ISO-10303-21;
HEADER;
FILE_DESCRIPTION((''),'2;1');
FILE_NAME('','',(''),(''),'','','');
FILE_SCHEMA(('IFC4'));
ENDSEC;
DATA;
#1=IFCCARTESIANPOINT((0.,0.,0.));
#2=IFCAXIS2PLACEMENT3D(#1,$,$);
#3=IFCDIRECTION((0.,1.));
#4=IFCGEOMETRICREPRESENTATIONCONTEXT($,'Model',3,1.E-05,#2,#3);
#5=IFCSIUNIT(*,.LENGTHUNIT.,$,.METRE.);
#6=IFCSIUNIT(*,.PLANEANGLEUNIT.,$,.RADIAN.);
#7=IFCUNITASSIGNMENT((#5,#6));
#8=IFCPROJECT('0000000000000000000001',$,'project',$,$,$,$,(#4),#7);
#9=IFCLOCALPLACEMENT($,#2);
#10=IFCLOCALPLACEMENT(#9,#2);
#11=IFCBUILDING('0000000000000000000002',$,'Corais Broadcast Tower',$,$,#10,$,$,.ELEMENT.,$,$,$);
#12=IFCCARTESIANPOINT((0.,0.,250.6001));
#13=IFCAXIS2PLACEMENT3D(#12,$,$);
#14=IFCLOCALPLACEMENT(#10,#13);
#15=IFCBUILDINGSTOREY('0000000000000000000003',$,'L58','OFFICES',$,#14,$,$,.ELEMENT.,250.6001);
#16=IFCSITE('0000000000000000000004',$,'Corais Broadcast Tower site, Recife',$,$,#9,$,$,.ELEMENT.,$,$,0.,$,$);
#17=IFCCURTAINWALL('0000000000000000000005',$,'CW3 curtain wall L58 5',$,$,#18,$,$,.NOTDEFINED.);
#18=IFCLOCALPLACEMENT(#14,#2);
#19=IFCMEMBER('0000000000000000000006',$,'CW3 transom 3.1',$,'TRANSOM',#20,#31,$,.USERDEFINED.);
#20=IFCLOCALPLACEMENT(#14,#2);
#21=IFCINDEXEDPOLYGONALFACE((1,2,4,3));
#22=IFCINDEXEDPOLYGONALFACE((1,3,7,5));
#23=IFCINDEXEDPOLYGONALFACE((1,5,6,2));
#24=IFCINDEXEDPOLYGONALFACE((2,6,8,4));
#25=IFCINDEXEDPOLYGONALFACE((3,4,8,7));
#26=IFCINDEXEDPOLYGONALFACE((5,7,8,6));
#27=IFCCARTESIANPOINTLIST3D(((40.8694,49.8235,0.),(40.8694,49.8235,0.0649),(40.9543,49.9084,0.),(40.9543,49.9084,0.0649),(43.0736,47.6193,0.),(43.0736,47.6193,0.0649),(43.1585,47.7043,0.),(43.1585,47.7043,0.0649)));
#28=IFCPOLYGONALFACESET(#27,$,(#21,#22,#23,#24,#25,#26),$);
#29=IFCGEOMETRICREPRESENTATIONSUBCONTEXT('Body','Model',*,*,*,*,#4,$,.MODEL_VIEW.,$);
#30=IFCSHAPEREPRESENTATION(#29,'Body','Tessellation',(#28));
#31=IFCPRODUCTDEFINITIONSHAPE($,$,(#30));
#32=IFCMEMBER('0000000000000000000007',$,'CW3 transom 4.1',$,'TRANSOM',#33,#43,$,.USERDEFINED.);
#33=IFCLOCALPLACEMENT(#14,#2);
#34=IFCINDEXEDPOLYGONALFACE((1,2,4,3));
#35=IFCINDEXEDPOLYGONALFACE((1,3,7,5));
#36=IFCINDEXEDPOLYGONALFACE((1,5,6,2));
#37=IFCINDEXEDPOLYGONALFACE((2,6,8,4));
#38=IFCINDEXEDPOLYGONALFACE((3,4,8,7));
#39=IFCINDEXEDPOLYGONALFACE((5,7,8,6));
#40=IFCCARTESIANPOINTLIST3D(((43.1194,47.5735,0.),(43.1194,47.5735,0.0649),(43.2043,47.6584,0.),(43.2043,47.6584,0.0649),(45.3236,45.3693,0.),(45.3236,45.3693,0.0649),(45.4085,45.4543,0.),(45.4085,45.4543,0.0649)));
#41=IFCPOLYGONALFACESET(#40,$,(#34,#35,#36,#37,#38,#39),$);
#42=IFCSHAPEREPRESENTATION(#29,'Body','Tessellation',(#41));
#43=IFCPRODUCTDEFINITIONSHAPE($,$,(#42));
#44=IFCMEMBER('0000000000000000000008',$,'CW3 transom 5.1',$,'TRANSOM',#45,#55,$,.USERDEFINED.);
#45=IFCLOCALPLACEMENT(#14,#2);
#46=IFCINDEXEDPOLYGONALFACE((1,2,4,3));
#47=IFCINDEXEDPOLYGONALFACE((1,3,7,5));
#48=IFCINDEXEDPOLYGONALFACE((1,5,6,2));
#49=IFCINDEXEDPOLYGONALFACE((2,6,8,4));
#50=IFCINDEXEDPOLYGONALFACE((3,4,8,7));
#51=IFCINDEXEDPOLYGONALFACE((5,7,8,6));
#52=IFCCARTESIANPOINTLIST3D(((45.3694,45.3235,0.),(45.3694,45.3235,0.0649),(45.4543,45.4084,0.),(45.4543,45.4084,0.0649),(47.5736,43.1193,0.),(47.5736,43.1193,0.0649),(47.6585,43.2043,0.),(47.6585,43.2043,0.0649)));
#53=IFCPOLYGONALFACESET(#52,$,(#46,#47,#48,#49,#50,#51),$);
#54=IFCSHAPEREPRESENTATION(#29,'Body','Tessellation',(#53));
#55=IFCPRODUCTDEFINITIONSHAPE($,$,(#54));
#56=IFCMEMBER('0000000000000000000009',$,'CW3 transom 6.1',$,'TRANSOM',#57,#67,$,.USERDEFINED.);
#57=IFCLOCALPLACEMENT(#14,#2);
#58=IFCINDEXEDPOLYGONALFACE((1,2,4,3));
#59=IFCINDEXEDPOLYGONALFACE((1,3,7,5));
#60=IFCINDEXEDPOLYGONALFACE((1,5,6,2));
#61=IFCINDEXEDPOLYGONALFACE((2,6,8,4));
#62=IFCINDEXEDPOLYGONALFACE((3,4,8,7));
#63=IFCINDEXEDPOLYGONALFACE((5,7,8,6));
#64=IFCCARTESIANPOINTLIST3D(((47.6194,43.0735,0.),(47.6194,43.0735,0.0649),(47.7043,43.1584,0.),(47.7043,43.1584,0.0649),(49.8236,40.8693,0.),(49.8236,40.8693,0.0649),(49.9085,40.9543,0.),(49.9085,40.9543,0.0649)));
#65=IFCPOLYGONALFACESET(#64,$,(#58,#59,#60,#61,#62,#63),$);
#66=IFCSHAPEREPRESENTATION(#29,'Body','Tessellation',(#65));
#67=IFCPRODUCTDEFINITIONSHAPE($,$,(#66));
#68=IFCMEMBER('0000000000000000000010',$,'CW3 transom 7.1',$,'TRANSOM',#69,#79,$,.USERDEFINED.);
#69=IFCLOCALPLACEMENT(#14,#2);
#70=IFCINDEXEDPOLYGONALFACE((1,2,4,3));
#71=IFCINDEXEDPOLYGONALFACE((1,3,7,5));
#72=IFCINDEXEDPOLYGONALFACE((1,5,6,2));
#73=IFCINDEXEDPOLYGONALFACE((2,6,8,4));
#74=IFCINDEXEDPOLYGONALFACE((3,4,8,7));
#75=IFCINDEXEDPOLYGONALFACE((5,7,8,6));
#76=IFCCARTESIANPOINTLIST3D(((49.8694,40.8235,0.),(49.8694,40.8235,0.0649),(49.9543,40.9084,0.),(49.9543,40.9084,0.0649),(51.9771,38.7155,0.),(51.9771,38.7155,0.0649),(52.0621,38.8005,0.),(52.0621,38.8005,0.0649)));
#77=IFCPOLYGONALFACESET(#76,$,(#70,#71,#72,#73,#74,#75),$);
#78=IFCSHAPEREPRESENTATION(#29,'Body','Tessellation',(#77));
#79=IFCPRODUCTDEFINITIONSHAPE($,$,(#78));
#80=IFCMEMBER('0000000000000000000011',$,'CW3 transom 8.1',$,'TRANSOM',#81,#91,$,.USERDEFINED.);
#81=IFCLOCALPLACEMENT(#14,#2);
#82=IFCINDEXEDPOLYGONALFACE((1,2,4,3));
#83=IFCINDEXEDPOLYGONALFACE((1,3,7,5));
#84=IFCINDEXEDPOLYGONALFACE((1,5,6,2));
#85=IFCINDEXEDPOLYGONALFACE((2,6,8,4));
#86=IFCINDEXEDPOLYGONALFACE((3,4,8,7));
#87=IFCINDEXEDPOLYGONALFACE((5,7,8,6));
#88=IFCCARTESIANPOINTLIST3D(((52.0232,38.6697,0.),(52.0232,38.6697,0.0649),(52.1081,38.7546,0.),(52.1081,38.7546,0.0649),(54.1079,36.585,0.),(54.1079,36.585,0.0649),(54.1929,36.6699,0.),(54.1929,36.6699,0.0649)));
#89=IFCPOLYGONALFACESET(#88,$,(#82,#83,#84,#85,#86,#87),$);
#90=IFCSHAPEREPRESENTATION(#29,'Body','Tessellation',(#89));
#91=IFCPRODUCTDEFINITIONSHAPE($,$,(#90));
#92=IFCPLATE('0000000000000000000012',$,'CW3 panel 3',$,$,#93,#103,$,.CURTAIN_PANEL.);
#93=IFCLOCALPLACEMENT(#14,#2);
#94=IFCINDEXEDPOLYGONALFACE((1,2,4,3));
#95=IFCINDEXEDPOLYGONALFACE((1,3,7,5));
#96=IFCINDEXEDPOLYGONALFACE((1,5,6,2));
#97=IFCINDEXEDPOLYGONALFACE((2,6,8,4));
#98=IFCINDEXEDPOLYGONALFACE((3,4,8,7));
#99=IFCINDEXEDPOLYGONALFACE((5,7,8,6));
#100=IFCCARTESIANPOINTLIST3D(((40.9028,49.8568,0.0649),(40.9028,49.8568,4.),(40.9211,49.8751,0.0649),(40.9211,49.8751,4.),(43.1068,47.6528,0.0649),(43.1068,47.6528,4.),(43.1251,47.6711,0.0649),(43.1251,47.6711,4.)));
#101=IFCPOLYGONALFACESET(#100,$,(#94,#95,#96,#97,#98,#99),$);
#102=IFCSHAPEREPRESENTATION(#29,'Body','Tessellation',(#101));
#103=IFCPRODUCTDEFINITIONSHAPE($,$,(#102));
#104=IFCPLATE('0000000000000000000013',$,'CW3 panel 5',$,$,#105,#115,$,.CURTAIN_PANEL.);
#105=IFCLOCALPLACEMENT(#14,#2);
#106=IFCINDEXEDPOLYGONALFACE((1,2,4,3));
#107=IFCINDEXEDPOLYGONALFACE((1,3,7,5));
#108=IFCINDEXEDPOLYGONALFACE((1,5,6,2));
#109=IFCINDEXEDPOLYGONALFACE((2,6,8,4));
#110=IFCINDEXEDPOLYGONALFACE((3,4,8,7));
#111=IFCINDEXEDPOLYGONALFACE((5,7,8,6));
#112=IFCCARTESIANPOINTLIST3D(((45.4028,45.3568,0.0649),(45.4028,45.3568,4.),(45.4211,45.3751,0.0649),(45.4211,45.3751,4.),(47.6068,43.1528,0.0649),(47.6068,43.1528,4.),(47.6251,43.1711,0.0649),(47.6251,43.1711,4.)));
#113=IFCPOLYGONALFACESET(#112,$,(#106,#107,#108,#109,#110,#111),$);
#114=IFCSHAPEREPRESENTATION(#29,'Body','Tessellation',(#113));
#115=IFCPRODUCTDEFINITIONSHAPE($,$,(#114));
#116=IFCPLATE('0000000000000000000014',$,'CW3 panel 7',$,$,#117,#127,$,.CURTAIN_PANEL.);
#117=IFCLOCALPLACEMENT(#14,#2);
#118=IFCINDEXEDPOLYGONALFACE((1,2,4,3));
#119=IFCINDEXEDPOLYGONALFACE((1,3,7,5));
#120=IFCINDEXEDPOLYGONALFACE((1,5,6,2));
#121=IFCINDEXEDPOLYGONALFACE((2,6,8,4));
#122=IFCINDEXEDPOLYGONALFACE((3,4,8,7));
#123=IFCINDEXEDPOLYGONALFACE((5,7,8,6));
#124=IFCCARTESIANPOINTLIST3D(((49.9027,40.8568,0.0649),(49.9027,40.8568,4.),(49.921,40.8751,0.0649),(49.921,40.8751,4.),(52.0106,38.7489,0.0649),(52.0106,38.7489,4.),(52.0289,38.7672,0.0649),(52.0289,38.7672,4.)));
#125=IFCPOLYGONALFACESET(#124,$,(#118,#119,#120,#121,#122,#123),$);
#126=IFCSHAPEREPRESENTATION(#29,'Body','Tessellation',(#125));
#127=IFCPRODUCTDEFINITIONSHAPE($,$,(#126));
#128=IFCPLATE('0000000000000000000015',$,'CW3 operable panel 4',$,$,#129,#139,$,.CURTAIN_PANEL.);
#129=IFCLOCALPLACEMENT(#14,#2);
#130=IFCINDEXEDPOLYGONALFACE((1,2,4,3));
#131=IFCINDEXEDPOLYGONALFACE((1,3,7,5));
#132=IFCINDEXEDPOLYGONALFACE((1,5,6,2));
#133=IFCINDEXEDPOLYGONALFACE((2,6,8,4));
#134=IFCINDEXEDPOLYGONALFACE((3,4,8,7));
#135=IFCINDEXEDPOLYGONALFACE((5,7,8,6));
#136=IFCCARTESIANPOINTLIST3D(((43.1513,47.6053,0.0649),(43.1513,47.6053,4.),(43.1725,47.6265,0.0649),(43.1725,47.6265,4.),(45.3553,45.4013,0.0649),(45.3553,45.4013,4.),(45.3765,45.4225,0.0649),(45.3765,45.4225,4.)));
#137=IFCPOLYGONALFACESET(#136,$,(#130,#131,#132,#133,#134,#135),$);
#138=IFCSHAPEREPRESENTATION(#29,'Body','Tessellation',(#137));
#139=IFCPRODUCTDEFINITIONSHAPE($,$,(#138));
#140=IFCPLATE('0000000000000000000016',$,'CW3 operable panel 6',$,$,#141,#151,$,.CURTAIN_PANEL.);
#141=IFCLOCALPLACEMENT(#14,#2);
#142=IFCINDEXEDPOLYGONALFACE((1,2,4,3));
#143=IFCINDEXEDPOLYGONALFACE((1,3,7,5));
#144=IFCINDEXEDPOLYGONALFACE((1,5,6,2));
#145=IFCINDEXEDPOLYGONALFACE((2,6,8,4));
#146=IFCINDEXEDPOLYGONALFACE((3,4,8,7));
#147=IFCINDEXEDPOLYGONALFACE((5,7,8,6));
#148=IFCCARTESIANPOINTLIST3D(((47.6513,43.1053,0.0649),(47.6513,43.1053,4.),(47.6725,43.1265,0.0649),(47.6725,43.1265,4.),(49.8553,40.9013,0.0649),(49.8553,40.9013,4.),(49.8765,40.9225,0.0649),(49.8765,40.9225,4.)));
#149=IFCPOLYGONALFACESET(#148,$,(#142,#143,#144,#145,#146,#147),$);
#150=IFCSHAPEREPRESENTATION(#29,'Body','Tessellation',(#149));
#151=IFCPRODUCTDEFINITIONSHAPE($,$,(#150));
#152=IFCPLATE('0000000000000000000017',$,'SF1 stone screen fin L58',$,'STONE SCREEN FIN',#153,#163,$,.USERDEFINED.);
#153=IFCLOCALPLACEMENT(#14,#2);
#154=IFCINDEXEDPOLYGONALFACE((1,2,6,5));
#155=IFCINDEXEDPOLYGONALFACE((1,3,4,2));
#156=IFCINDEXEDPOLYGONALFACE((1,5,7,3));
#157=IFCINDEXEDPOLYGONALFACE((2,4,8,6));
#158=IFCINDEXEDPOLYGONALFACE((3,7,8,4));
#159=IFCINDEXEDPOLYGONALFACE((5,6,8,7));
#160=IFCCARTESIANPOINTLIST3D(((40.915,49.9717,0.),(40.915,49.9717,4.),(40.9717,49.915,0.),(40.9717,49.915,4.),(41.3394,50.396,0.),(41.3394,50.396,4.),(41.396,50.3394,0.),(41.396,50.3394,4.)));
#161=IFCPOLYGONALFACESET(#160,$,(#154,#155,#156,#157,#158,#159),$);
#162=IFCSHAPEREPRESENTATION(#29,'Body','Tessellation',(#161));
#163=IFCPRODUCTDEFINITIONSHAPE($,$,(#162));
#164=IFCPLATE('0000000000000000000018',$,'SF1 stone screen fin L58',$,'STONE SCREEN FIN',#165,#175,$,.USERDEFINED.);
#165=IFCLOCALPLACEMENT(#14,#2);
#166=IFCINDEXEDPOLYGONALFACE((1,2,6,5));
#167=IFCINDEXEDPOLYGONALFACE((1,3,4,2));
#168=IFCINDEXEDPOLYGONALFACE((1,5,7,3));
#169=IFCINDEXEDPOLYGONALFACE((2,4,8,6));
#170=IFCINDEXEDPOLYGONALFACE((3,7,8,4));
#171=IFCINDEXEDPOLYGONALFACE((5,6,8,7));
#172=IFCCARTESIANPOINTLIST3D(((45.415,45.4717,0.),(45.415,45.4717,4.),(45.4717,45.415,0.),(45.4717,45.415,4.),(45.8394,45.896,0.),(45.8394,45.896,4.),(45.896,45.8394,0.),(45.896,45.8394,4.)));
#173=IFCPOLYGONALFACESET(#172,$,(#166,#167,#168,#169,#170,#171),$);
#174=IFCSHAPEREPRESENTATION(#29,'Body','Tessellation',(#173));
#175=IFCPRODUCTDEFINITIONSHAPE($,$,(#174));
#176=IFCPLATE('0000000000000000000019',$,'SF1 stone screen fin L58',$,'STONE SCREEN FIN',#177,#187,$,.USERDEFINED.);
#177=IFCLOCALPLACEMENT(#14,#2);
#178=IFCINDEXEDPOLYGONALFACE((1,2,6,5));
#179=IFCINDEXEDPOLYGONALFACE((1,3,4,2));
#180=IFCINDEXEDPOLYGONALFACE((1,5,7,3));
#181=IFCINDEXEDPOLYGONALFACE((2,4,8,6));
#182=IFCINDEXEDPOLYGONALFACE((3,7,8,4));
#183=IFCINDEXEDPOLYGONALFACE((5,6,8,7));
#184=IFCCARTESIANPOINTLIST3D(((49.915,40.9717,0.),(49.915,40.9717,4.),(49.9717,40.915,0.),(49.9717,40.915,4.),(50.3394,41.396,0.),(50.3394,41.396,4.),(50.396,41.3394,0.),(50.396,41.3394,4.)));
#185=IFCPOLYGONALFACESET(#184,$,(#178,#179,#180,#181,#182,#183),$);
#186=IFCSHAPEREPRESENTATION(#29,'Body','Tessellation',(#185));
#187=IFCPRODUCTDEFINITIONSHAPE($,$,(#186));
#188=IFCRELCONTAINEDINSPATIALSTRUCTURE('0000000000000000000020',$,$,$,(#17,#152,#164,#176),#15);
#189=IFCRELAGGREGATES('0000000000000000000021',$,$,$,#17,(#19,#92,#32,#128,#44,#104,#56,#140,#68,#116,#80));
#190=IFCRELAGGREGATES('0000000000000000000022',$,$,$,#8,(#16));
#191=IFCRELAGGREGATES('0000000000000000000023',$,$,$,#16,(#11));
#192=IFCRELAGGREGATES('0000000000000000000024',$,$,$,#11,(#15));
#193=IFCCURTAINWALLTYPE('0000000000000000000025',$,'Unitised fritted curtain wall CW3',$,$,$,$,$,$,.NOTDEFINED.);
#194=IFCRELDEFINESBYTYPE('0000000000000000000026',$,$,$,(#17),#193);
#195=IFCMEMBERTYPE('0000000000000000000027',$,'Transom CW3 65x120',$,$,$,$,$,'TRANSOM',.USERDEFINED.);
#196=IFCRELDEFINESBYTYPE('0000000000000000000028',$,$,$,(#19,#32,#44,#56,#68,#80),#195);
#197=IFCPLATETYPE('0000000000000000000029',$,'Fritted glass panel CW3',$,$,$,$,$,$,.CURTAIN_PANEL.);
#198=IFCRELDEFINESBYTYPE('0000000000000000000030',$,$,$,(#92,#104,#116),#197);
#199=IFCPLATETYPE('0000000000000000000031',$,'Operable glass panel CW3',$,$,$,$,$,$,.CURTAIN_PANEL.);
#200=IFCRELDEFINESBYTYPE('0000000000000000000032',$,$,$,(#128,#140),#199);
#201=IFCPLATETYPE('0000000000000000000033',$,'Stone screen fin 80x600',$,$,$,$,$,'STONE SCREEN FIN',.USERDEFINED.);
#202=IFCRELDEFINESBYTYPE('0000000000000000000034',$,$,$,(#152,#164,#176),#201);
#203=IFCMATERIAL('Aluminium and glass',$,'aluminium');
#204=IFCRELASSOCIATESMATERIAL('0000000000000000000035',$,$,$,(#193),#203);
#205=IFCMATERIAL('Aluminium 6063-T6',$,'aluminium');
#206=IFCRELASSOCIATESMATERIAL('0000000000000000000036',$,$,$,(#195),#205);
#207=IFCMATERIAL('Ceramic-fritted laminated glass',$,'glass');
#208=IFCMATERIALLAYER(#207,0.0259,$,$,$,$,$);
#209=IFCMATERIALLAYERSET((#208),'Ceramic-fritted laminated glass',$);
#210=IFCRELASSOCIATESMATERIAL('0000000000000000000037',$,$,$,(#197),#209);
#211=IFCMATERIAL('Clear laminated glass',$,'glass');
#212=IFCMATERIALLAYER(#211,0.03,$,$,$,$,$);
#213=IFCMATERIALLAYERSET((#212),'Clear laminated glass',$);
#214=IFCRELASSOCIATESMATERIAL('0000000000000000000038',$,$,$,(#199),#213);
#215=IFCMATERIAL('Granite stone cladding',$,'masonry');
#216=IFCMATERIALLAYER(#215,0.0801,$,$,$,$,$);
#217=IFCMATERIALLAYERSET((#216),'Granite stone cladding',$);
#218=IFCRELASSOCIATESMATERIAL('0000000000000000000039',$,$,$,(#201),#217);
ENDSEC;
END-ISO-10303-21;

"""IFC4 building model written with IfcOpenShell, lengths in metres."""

from ifc_helpers import new_model, si_unit, direction, frame, origin, origin_2d, place, context, subcontext, project, spatial, rectangle, extrude, material, layer, layer_set, material_profile, profile_set, type_object, element, aggregate, save


model = new_model("IFC4")

# Units and contexts
model_context = context("Model", 3, precision=1e-05, world=origin(), true_north=direction((0.0, 1.0)))
body_context = subcontext(model_context, "Body", "Model", "MODEL_VIEW")
ifc_project = project(units=[si_unit("LENGTHUNIT", "METRE"), si_unit("PLANEANGLEUNIT", "RADIAN")], contexts=[model_context])

# Site, building, storey
site_placement = place(None, origin())
site = spatial("IfcSite", under=ifc_project, at=site_placement, Name="Corais Broadcast Tower site, Recife", CompositionType="ELEMENT", RefElevation=0.0)
building_placement = place(site_placement, origin())
building = spatial("IfcBuilding", under=site, at=building_placement, Name="Corais Broadcast Tower", CompositionType="ELEMENT")
storey_placement = place(building_placement, frame((0.0, 0.0, 250.6001)))
storey = spatial("IfcBuildingStorey", under=building, at=storey_placement, Name="L58", Description="OFFICES", CompositionType="ELEMENT", Elevation=250.6001)

# Curtain wall
ifc_material_1 = material(Name="Aluminium and glass", Category="aluminium")
curtain_wall_type = type_object("IfcCurtainWallType", Name="Unitised fritted curtain wall CW3", PredefinedType="NOTDEFINED", material=ifc_material_1)
curtain_wall_placement = place(storey_placement, origin())
curtain_wall = element("IfcCurtainWall", 1, at=curtain_wall_placement, inside=storey, type_object=curtain_wall_type, Name="CW3 curtain wall L58 5", PredefinedType="NOTDEFINED")

# Members
ifc_material_2 = material(Name="Aluminium 6063-T6", Category="aluminium")
ifc_material_profile_1 = material_profile(ifc_material_2, rectangle(XDim=0.1201, YDim=0.0649, at=origin_2d()), Name="Transom CW3 65x120")
ifc_profile_set_1 = profile_set([ifc_material_profile_1], Name="Aluminium 6063-T6")
member_type_1 = type_object("IfcMemberType", Name="Transom CW3 65x120", ElementType="TRANSOM", PredefinedType="USERDEFINED", material=ifc_profile_set_1)
member_1_placement = place(storey_placement, frame((40.9119, 49.866, 0.0325), z_axis=(0.707107, -0.707107, 0.0), x_axis=(0.707107, 0.707107, 0.0)))
member_1 = element("IfcMember", 2, at=member_1_placement, type_object=member_type_1, Name="CW3 transom 3.1", ObjectType="TRANSOM", PredefinedType="USERDEFINED", context=body_context, shape_type="SweptSolid", body=[
    extrude(rectangle(XDim=0.1201, YDim=0.0649, at=origin_2d()), origin(), (0.0, 0.0, 1.0), 3.1172),
])
member_2_placement = place(storey_placement, frame((43.1619, 47.616, 0.0325), z_axis=(0.707107, -0.707107, 0.0), x_axis=(0.707107, 0.707107, 0.0)))
member_2 = element("IfcMember", 3, at=member_2_placement, type_object=member_type_1, Name="CW3 transom 4.1", ObjectType="TRANSOM", PredefinedType="USERDEFINED", context=body_context, shape_type="SweptSolid", body=[
    extrude(rectangle(XDim=0.1201, YDim=0.0649, at=origin_2d()), origin(), (0.0, 0.0, 1.0), 3.1172),
])
member_3_placement = place(storey_placement, frame((45.4119, 45.366, 0.0325), z_axis=(0.707107, -0.707107, 0.0), x_axis=(0.707107, 0.707107, 0.0)))
member_3 = element("IfcMember", 4, at=member_3_placement, type_object=member_type_1, Name="CW3 transom 5.1", ObjectType="TRANSOM", PredefinedType="USERDEFINED", context=body_context, shape_type="SweptSolid", body=[
    extrude(rectangle(XDim=0.1201, YDim=0.0649, at=origin_2d()), origin(), (0.0, 0.0, 1.0), 3.1172),
])
member_4_placement = place(storey_placement, frame((47.6619, 43.116, 0.0325), z_axis=(0.707107, -0.707107, 0.0), x_axis=(0.707107, 0.707107, 0.0)))
member_4 = element("IfcMember", 5, at=member_4_placement, type_object=member_type_1, Name="CW3 transom 6.1", ObjectType="TRANSOM", PredefinedType="USERDEFINED", context=body_context, shape_type="SweptSolid", body=[
    extrude(rectangle(XDim=0.1201, YDim=0.0649, at=origin_2d()), origin(), (0.0, 0.0, 1.0), 3.1172),
])
member_5_placement = place(storey_placement, frame((49.9119, 40.866, 0.0325), z_axis=(0.707066, -0.707148, 0.0), x_axis=(0.707148, 0.707066, 0.0)))
member_5 = element("IfcMember", 6, at=member_5_placement, type_object=member_type_1, Name="CW3 transom 7.1", ObjectType="TRANSOM", PredefinedType="USERDEFINED", context=body_context, shape_type="SweptSolid", body=[
    extrude(rectangle(XDim=0.1201, YDim=0.0649, at=origin_2d()), origin(), (0.0, 0.0, 1.0), 2.981),
])
member_6_placement = place(storey_placement, frame((52.0657, 38.7122, 0.0325), z_axis=(0.707107, -0.707107, 0.0), x_axis=(0.707107, 0.707107, 0.0)))
member_6 = element("IfcMember", 7, at=member_6_placement, type_object=member_type_1, Name="CW3 transom 8.1", ObjectType="TRANSOM", PredefinedType="USERDEFINED", context=body_context, shape_type="SweptSolid", body=[
    extrude(rectangle(XDim=0.1201, YDim=0.0649, at=origin_2d()), origin(), (0.0, 0.0, 1.0), 2.9482),
])

# Plates
ifc_material_3 = material(Name="Ceramic-fritted laminated glass", Category="glass")
ifc_layer_1 = layer(ifc_material_3, 0.0259)
ifc_layer_set_1 = layer_set([ifc_layer_1], Name="Ceramic-fritted laminated glass")
plate_type_1 = type_object("IfcPlateType", Name="Fritted glass panel CW3", PredefinedType="CURTAIN_PANEL", material=ifc_layer_set_1)
plate_1_placement = place(storey_placement, frame((42.0139, 48.7639, 0.0649), z_axis=(0.0, 0.0, 1.0), x_axis=(0.707107, -0.707107, 0.0)))
plate_1 = element("IfcPlate", 8, at=plate_1_placement, type_object=plate_type_1, Name="CW3 panel 3", PredefinedType="CURTAIN_PANEL", context=body_context, shape_type="SweptSolid", body=[
    extrude(rectangle(XDim=3.1169, YDim=0.0259, at=origin_2d()), origin(), (0.0, 0.0, 1.0), 3.9351),
])
plate_2_placement = place(storey_placement, frame((46.5139, 44.2639, 0.0649), z_axis=(0.0, 0.0, 1.0), x_axis=(0.707107, -0.707107, 0.0)))
plate_2 = element("IfcPlate", 9, at=plate_2_placement, type_object=plate_type_1, Name="CW3 panel 5", PredefinedType="CURTAIN_PANEL", context=body_context, shape_type="SweptSolid", body=[
    extrude(rectangle(XDim=3.1169, YDim=0.0259, at=origin_2d()), origin(), (0.0, 0.0, 1.0), 3.9351),
])
plate_3_placement = place(storey_placement, frame((50.9658, 39.812, 0.0649), z_axis=(0.0, 0.0, 1.0), x_axis=(0.707107, -0.707107, 0.0)))
plate_3 = element("IfcPlate", 10, at=plate_3_placement, type_object=plate_type_1, Name="CW3 panel 7", PredefinedType="CURTAIN_PANEL", context=body_context, shape_type="SweptSolid", body=[
    extrude(rectangle(XDim=2.981, YDim=0.0259, at=origin_2d()), origin(), (0.0, 0.0, 1.0), 3.9351),
])
ifc_material_4 = material(Name="Clear laminated glass", Category="glass")
ifc_layer_2 = layer(ifc_material_4, 0.03)
ifc_layer_set_2 = layer_set([ifc_layer_2], Name="Clear laminated glass")
plate_type_2 = type_object("IfcPlateType", Name="Operable glass panel CW3", PredefinedType="CURTAIN_PANEL", material=ifc_layer_set_2)
plate_4_placement = place(storey_placement, frame((44.2639, 46.5139, 0.0649), z_axis=(0.0, 0.0, 1.0), x_axis=(0.707107, -0.707107, 0.0)))
plate_4 = element("IfcPlate", 11, at=plate_4_placement, type_object=plate_type_2, Name="CW3 operable panel 4", PredefinedType="CURTAIN_PANEL", context=body_context, shape_type="SweptSolid", body=[
    extrude(rectangle(XDim=3.1169, YDim=0.03, at=origin_2d()), origin(), (0.0, 0.0, 1.0), 3.9351),
])
plate_5_placement = place(storey_placement, frame((48.7639, 42.0139, 0.0649), z_axis=(0.0, 0.0, 1.0), x_axis=(0.707107, -0.707107, 0.0)))
plate_5 = element("IfcPlate", 12, at=plate_5_placement, type_object=plate_type_2, Name="CW3 operable panel 6", PredefinedType="CURTAIN_PANEL", context=body_context, shape_type="SweptSolid", body=[
    extrude(rectangle(XDim=3.1169, YDim=0.03, at=origin_2d()), origin(), (0.0, 0.0, 1.0), 3.9351),
])
aggregate(curtain_wall, [member_1, plate_1, member_2, plate_4, member_3, plate_2, member_4, plate_5, member_5, plate_3, member_6])

# Plates
ifc_material_5 = material(Name="Granite stone cladding", Category="masonry")
ifc_layer_3 = layer(ifc_material_5, 0.0801)
ifc_layer_set_3 = layer_set([ifc_layer_3], Name="Granite stone cladding")
plate_type_3 = type_object("IfcPlateType", Name="Stone screen fin 80x600", ElementType="STONE SCREEN FIN", PredefinedType="USERDEFINED", material=ifc_layer_set_3)
for number, where, z_axis, x_axis, name in (
    (13, (41.1555, 50.1555, 0.0), (0.0, 0.0, 1.0), (0.707107, -0.707107, 0.0), "SF1 stone screen fin L58"),
    (14, (45.6555, 45.6555, 0.0), (0.0, 0.0, 1.0), (0.707107, -0.707107, 0.0), "SF1 stone screen fin L58"),
    (15, (50.1555, 41.1555, 0.0), (0.0, 0.0, 1.0), (0.707107, -0.707107, 0.0), "SF1 stone screen fin L58"),
):
    element("IfcPlate", number, at=place(storey_placement, frame(where, z_axis=z_axis, x_axis=x_axis)), inside=storey, type_object=plate_type_3, Name=name, ObjectType="STONE SCREEN FIN", PredefinedType="USERDEFINED", context=body_context, shape_type="SweptSolid", body=[
        extrude(rectangle(XDim=0.0801, YDim=0.6001, at=origin_2d()), origin(), (0.0, 0.0, 1.0), 4.0),
    ])

save(model, "model.ifc")
